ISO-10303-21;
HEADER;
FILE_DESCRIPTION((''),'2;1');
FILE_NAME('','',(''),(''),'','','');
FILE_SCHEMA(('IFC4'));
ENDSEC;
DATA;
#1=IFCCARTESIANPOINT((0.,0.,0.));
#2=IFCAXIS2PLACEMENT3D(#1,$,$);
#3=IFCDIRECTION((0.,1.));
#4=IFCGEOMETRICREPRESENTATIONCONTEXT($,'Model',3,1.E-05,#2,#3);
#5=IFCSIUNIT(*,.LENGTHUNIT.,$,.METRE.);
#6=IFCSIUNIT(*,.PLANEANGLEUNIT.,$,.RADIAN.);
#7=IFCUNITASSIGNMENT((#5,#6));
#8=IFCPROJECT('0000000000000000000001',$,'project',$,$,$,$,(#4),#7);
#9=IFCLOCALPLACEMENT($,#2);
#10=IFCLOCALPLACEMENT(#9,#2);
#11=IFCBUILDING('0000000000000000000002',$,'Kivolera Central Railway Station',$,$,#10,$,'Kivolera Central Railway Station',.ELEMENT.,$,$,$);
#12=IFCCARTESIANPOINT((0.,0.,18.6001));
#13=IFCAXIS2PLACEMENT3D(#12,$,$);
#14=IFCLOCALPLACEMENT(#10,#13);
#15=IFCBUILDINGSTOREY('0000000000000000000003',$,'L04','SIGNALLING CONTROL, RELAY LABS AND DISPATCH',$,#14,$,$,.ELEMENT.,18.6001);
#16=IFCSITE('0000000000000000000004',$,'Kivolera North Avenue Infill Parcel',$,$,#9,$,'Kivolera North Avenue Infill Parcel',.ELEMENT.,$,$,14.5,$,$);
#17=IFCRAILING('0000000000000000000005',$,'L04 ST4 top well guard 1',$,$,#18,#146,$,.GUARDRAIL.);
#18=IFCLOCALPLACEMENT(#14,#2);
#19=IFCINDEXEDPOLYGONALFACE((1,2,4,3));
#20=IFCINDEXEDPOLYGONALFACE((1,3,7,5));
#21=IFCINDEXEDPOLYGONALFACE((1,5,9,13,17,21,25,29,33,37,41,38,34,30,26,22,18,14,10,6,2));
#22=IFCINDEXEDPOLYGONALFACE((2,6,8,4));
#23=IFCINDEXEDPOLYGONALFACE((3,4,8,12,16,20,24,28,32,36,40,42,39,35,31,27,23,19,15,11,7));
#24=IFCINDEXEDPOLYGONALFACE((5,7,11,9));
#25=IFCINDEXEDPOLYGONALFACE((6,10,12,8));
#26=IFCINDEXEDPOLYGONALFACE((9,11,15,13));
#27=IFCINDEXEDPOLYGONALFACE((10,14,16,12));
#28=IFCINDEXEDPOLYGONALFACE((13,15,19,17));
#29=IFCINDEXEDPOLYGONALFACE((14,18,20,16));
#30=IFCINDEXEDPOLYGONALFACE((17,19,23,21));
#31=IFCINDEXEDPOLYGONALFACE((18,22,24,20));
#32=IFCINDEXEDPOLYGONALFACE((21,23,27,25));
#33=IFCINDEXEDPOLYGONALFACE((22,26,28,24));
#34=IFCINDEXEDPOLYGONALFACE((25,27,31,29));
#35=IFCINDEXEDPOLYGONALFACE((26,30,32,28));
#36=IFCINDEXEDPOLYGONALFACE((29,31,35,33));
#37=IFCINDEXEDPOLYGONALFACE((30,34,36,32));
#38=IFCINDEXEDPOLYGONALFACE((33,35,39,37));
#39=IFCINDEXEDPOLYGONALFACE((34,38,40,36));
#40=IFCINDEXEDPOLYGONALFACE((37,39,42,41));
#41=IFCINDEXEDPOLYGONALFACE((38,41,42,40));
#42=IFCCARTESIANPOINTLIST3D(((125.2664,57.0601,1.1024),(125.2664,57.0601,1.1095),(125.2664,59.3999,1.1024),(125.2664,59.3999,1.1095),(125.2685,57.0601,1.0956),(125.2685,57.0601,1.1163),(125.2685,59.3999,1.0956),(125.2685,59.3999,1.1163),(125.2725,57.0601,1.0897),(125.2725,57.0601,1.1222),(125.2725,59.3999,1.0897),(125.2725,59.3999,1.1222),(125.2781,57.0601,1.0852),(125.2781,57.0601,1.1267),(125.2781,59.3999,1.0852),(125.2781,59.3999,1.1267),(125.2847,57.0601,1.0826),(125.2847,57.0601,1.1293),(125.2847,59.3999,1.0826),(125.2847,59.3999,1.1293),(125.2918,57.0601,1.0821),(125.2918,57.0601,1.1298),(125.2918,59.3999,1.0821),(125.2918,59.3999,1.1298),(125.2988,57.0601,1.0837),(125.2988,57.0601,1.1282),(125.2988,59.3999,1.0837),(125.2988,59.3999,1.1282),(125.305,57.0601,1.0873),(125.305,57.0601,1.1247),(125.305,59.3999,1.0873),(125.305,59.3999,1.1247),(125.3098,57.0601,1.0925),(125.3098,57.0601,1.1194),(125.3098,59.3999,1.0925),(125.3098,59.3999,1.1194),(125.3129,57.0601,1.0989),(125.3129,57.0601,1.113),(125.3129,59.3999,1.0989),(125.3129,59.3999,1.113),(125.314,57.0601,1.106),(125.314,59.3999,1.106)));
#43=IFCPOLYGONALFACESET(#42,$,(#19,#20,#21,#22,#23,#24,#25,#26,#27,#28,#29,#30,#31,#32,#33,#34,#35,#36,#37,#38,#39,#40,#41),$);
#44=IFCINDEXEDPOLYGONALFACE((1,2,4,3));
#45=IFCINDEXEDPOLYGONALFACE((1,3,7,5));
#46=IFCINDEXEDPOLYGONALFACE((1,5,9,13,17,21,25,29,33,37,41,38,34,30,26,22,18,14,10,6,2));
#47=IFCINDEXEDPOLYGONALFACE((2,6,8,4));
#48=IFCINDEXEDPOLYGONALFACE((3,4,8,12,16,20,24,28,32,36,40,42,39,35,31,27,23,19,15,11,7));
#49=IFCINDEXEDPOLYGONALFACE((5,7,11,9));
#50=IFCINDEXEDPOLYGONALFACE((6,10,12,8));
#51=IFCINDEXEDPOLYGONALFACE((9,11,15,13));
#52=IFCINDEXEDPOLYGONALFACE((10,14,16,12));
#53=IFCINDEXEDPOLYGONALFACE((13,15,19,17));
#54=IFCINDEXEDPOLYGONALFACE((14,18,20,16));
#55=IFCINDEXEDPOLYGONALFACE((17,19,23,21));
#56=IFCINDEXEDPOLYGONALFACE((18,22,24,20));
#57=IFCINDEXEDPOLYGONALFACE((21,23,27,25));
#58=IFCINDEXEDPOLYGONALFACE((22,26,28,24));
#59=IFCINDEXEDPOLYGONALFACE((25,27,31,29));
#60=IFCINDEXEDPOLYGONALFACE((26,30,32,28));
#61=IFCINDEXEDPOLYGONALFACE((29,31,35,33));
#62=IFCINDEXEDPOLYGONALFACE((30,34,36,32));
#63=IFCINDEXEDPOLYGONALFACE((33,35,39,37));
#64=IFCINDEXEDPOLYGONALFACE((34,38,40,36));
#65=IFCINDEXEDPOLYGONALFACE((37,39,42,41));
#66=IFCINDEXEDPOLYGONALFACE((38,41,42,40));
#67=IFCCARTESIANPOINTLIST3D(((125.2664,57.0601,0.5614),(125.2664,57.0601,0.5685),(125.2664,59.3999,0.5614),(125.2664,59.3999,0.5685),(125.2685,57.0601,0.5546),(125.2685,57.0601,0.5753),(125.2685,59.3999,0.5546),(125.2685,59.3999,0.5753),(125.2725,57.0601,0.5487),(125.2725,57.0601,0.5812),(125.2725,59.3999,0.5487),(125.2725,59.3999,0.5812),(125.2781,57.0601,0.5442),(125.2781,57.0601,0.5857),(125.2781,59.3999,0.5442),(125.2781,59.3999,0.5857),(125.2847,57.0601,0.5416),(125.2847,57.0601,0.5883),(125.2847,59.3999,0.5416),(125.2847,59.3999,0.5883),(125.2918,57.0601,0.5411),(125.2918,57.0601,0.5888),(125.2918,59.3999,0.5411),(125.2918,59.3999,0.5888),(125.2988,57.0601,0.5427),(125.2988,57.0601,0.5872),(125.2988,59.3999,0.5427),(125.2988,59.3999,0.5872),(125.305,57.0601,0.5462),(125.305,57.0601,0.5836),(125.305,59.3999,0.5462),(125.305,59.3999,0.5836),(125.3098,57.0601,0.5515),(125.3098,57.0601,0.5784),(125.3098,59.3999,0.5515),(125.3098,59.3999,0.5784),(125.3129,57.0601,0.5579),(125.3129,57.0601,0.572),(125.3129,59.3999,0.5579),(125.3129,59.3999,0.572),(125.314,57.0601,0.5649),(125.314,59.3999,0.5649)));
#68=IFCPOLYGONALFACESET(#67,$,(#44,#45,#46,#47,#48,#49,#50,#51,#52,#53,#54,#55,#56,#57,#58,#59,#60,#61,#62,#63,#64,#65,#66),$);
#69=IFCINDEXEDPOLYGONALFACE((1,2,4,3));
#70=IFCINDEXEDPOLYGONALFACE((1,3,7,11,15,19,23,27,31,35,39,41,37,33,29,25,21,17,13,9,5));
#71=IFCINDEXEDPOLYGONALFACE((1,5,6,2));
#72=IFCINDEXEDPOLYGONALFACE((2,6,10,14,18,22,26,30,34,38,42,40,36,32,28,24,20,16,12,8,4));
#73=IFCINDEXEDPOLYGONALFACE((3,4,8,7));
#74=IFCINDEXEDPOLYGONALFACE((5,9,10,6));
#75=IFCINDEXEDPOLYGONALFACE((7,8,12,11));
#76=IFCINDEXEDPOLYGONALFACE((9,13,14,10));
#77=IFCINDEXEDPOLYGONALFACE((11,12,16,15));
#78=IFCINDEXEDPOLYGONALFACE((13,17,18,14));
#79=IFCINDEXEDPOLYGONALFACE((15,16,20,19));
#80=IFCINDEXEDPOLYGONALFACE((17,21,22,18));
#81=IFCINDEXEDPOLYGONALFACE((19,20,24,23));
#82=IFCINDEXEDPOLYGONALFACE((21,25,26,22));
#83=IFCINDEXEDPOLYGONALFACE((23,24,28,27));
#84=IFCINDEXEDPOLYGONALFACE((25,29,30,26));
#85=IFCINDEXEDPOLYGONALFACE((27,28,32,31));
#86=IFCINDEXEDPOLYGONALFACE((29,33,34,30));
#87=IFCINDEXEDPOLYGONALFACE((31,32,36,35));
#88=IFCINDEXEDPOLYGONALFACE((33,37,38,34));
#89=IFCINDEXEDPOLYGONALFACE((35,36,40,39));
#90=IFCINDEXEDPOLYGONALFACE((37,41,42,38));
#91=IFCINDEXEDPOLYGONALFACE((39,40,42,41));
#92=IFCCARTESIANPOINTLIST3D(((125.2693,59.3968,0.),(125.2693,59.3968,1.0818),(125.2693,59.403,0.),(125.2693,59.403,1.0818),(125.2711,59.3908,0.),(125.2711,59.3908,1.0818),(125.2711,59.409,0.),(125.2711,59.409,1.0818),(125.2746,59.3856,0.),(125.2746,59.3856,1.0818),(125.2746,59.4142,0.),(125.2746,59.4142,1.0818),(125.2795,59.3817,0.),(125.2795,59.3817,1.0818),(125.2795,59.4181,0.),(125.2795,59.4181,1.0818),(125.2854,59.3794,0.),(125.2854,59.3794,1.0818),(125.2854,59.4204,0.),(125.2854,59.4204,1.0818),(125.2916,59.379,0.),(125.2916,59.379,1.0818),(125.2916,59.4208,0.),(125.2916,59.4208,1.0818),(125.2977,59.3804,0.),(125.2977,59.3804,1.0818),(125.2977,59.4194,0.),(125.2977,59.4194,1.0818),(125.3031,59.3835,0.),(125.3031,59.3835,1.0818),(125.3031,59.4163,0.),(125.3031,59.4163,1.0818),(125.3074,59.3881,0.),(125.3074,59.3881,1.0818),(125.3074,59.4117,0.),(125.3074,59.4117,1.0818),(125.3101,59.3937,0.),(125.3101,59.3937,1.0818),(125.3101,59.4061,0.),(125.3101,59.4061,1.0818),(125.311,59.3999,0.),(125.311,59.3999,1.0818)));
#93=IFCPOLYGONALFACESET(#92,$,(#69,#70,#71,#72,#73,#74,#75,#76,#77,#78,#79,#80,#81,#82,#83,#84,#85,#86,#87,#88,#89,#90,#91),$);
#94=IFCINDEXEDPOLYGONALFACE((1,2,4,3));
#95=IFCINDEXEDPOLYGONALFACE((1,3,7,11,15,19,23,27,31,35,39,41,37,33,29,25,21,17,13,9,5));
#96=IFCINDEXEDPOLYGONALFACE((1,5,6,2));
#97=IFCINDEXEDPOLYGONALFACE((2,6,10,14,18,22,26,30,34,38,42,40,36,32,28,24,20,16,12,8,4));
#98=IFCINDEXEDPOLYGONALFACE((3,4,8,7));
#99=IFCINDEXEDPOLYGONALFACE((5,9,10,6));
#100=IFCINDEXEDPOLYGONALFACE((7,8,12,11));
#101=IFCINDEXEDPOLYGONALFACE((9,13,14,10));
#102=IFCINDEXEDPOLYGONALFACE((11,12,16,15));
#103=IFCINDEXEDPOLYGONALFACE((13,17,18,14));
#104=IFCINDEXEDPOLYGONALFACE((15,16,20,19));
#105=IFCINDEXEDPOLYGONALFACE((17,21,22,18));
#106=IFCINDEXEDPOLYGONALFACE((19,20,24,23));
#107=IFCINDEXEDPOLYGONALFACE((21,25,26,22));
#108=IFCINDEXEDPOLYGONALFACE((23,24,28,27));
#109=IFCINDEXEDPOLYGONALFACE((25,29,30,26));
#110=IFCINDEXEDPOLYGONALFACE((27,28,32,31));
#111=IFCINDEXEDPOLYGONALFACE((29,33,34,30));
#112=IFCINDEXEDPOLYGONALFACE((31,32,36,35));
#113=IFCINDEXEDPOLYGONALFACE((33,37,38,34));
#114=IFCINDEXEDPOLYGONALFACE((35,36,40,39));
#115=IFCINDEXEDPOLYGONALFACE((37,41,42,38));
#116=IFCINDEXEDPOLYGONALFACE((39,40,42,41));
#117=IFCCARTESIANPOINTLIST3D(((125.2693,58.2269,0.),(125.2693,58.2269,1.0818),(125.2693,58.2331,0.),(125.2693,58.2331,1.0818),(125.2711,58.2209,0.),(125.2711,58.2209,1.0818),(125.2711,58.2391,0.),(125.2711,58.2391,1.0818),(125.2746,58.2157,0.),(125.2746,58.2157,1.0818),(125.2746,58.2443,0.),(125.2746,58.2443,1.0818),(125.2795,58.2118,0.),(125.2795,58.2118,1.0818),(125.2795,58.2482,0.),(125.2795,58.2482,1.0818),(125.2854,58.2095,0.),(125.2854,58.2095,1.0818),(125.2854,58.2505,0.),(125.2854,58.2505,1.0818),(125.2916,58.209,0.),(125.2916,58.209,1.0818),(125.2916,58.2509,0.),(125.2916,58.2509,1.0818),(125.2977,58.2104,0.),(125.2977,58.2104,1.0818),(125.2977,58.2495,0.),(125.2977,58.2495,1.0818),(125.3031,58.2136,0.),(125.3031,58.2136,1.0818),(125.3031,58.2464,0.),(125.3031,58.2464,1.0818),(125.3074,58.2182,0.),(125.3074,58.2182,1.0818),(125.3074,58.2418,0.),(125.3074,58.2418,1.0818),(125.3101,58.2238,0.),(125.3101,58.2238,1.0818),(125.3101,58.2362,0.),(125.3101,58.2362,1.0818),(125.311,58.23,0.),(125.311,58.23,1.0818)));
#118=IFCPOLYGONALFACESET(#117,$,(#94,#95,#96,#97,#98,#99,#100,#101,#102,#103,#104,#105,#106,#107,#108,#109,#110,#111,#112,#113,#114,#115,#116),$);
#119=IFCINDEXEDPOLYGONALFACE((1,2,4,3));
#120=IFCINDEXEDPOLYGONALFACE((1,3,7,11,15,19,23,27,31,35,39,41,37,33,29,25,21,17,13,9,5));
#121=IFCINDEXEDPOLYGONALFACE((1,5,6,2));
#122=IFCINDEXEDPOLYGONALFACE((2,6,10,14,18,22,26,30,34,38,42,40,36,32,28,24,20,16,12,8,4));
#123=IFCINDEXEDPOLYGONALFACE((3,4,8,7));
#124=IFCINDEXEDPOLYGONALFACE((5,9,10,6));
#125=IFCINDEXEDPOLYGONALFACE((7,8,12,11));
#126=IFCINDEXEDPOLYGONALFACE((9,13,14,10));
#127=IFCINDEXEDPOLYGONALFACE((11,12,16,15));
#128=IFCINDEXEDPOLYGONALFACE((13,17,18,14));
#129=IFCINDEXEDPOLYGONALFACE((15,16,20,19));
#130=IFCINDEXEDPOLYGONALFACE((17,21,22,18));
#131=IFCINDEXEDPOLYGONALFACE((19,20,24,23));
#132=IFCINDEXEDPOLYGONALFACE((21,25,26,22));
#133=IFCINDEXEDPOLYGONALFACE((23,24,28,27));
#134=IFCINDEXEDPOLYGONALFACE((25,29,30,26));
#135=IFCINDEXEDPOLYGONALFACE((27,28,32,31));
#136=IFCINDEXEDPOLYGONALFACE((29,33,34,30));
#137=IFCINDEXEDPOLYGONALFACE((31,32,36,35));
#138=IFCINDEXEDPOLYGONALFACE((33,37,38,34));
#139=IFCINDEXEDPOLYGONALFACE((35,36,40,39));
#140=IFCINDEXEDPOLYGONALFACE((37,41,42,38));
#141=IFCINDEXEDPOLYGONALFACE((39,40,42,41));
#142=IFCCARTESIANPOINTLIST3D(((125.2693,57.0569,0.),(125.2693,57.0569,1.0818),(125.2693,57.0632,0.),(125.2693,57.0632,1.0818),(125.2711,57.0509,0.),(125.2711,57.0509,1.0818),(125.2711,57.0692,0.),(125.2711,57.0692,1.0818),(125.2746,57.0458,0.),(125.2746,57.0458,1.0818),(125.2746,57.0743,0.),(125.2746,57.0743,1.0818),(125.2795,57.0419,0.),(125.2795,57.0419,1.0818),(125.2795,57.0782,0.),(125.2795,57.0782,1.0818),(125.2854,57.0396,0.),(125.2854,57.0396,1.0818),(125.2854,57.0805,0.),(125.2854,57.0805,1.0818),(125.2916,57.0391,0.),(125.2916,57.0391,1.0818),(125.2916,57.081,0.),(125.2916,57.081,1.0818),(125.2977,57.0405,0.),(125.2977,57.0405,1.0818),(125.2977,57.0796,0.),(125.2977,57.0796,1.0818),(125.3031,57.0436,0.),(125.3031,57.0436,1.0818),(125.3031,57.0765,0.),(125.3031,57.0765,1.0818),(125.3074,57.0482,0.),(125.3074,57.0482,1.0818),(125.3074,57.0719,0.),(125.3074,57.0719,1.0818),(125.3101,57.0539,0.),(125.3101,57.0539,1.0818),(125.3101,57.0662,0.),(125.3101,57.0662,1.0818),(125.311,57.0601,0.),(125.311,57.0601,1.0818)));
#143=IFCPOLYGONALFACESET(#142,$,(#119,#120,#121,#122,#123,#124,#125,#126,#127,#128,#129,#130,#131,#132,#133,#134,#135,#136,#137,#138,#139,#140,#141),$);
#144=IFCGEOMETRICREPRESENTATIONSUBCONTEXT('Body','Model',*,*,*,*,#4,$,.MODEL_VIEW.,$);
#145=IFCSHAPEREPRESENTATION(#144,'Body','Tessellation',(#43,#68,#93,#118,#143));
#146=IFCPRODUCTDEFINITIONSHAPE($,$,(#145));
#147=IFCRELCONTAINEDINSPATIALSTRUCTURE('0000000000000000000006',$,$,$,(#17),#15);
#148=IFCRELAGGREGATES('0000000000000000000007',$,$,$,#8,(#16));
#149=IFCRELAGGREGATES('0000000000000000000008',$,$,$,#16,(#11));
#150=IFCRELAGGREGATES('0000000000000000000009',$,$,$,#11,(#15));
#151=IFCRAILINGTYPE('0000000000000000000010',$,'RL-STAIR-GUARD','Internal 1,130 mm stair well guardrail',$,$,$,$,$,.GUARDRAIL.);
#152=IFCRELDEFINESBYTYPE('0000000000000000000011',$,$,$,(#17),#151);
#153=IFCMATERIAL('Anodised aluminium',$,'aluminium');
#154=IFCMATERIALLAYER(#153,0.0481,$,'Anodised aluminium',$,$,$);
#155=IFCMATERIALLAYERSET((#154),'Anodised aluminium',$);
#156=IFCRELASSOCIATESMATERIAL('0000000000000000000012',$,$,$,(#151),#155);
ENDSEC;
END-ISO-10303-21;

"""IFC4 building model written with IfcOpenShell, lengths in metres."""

from ifc_helpers import new_model, si_unit, direction, frame, origin, origin_2d, place, context, subcontext, project, spatial, circle, extrude, material, layer, layer_set, type_object, element, save


model = new_model("IFC4")

# Units and contexts
model_context = context("Model", 3, precision=1e-05, world=origin(), true_north=direction((0.0, 1.0)))
body_context = subcontext(model_context, "Body", "Model", "MODEL_VIEW")
ifc_project = project(units=[si_unit("LENGTHUNIT", "METRE"), si_unit("PLANEANGLEUNIT", "RADIAN")], contexts=[model_context])

# Site, building, storey
site_placement = place(None, origin())
site = spatial("IfcSite", under=ifc_project, at=site_placement, Name="Kivolera North Avenue Infill Parcel", LongName="Kivolera North Avenue Infill Parcel", CompositionType="ELEMENT", RefElevation=14.5)
building_placement = place(site_placement, origin())
building = spatial("IfcBuilding", under=site, at=building_placement, Name="Kivolera Central Railway Station", LongName="Kivolera Central Railway Station", CompositionType="ELEMENT")
storey_placement = place(building_placement, frame((0.0, 0.0, 18.6001)))
storey = spatial("IfcBuildingStorey", under=building, at=storey_placement, Name="L04", Description="SIGNALLING CONTROL, RELAY LABS AND DISPATCH", CompositionType="ELEMENT", Elevation=18.6001)

# Shared definitions
ifc_material_1 = material(Name="Anodised aluminium", Category="aluminium")

# Railing
ifc_layer_1 = layer(ifc_material_1, 0.0481, Name="Anodised aluminium")
ifc_layer_set_1 = layer_set([ifc_layer_1], Name="Anodised aluminium")
railing_type = type_object("IfcRailingType", Name="RL-STAIR-GUARD", Description="Internal 1,130 mm stair well guardrail", PredefinedType="GUARDRAIL", material=ifc_layer_set_1)
railing_placement = place(storey_placement, frame((125.29, 59.3999, 0.0)))
element("IfcRailing", 1, at=railing_placement, inside=storey, type_object=railing_type, Name="L04 ST4 top well guard 1", PredefinedType="GUARDRAIL", context=body_context, shape_type="SweptSolid", body=[
    extrude(circle(Radius=0.0239, at=origin_2d()), frame((0.0, 0.0, 1.106), z_axis=(0.0, -1.0, 0.0), x_axis=(1.0, 0.0, 0.0)), (0.0, 0.0, 1.0), 2.3398),
    extrude(circle(Radius=0.0239, at=origin_2d()), frame((0.0, 0.0, 0.5649), z_axis=(0.0, -1.0, 0.0), x_axis=(1.0, 0.0, 0.0)), (0.0, 0.0, 1.0), 2.3398),
    extrude(circle(Radius=0.021, at=origin_2d()), origin(), (0.0, 0.0, 1.0), 1.0818),
    extrude(circle(Radius=0.021, at=origin_2d()), frame((0.0, -1.1699, 0.0)), (0.0, 0.0, 1.0), 1.0818),
    extrude(circle(Radius=0.021, at=origin_2d()), frame((0.0, -2.3398, 0.0)), (0.0, 0.0, 1.0), 1.0818),
])

save(model, "model.ifc")
